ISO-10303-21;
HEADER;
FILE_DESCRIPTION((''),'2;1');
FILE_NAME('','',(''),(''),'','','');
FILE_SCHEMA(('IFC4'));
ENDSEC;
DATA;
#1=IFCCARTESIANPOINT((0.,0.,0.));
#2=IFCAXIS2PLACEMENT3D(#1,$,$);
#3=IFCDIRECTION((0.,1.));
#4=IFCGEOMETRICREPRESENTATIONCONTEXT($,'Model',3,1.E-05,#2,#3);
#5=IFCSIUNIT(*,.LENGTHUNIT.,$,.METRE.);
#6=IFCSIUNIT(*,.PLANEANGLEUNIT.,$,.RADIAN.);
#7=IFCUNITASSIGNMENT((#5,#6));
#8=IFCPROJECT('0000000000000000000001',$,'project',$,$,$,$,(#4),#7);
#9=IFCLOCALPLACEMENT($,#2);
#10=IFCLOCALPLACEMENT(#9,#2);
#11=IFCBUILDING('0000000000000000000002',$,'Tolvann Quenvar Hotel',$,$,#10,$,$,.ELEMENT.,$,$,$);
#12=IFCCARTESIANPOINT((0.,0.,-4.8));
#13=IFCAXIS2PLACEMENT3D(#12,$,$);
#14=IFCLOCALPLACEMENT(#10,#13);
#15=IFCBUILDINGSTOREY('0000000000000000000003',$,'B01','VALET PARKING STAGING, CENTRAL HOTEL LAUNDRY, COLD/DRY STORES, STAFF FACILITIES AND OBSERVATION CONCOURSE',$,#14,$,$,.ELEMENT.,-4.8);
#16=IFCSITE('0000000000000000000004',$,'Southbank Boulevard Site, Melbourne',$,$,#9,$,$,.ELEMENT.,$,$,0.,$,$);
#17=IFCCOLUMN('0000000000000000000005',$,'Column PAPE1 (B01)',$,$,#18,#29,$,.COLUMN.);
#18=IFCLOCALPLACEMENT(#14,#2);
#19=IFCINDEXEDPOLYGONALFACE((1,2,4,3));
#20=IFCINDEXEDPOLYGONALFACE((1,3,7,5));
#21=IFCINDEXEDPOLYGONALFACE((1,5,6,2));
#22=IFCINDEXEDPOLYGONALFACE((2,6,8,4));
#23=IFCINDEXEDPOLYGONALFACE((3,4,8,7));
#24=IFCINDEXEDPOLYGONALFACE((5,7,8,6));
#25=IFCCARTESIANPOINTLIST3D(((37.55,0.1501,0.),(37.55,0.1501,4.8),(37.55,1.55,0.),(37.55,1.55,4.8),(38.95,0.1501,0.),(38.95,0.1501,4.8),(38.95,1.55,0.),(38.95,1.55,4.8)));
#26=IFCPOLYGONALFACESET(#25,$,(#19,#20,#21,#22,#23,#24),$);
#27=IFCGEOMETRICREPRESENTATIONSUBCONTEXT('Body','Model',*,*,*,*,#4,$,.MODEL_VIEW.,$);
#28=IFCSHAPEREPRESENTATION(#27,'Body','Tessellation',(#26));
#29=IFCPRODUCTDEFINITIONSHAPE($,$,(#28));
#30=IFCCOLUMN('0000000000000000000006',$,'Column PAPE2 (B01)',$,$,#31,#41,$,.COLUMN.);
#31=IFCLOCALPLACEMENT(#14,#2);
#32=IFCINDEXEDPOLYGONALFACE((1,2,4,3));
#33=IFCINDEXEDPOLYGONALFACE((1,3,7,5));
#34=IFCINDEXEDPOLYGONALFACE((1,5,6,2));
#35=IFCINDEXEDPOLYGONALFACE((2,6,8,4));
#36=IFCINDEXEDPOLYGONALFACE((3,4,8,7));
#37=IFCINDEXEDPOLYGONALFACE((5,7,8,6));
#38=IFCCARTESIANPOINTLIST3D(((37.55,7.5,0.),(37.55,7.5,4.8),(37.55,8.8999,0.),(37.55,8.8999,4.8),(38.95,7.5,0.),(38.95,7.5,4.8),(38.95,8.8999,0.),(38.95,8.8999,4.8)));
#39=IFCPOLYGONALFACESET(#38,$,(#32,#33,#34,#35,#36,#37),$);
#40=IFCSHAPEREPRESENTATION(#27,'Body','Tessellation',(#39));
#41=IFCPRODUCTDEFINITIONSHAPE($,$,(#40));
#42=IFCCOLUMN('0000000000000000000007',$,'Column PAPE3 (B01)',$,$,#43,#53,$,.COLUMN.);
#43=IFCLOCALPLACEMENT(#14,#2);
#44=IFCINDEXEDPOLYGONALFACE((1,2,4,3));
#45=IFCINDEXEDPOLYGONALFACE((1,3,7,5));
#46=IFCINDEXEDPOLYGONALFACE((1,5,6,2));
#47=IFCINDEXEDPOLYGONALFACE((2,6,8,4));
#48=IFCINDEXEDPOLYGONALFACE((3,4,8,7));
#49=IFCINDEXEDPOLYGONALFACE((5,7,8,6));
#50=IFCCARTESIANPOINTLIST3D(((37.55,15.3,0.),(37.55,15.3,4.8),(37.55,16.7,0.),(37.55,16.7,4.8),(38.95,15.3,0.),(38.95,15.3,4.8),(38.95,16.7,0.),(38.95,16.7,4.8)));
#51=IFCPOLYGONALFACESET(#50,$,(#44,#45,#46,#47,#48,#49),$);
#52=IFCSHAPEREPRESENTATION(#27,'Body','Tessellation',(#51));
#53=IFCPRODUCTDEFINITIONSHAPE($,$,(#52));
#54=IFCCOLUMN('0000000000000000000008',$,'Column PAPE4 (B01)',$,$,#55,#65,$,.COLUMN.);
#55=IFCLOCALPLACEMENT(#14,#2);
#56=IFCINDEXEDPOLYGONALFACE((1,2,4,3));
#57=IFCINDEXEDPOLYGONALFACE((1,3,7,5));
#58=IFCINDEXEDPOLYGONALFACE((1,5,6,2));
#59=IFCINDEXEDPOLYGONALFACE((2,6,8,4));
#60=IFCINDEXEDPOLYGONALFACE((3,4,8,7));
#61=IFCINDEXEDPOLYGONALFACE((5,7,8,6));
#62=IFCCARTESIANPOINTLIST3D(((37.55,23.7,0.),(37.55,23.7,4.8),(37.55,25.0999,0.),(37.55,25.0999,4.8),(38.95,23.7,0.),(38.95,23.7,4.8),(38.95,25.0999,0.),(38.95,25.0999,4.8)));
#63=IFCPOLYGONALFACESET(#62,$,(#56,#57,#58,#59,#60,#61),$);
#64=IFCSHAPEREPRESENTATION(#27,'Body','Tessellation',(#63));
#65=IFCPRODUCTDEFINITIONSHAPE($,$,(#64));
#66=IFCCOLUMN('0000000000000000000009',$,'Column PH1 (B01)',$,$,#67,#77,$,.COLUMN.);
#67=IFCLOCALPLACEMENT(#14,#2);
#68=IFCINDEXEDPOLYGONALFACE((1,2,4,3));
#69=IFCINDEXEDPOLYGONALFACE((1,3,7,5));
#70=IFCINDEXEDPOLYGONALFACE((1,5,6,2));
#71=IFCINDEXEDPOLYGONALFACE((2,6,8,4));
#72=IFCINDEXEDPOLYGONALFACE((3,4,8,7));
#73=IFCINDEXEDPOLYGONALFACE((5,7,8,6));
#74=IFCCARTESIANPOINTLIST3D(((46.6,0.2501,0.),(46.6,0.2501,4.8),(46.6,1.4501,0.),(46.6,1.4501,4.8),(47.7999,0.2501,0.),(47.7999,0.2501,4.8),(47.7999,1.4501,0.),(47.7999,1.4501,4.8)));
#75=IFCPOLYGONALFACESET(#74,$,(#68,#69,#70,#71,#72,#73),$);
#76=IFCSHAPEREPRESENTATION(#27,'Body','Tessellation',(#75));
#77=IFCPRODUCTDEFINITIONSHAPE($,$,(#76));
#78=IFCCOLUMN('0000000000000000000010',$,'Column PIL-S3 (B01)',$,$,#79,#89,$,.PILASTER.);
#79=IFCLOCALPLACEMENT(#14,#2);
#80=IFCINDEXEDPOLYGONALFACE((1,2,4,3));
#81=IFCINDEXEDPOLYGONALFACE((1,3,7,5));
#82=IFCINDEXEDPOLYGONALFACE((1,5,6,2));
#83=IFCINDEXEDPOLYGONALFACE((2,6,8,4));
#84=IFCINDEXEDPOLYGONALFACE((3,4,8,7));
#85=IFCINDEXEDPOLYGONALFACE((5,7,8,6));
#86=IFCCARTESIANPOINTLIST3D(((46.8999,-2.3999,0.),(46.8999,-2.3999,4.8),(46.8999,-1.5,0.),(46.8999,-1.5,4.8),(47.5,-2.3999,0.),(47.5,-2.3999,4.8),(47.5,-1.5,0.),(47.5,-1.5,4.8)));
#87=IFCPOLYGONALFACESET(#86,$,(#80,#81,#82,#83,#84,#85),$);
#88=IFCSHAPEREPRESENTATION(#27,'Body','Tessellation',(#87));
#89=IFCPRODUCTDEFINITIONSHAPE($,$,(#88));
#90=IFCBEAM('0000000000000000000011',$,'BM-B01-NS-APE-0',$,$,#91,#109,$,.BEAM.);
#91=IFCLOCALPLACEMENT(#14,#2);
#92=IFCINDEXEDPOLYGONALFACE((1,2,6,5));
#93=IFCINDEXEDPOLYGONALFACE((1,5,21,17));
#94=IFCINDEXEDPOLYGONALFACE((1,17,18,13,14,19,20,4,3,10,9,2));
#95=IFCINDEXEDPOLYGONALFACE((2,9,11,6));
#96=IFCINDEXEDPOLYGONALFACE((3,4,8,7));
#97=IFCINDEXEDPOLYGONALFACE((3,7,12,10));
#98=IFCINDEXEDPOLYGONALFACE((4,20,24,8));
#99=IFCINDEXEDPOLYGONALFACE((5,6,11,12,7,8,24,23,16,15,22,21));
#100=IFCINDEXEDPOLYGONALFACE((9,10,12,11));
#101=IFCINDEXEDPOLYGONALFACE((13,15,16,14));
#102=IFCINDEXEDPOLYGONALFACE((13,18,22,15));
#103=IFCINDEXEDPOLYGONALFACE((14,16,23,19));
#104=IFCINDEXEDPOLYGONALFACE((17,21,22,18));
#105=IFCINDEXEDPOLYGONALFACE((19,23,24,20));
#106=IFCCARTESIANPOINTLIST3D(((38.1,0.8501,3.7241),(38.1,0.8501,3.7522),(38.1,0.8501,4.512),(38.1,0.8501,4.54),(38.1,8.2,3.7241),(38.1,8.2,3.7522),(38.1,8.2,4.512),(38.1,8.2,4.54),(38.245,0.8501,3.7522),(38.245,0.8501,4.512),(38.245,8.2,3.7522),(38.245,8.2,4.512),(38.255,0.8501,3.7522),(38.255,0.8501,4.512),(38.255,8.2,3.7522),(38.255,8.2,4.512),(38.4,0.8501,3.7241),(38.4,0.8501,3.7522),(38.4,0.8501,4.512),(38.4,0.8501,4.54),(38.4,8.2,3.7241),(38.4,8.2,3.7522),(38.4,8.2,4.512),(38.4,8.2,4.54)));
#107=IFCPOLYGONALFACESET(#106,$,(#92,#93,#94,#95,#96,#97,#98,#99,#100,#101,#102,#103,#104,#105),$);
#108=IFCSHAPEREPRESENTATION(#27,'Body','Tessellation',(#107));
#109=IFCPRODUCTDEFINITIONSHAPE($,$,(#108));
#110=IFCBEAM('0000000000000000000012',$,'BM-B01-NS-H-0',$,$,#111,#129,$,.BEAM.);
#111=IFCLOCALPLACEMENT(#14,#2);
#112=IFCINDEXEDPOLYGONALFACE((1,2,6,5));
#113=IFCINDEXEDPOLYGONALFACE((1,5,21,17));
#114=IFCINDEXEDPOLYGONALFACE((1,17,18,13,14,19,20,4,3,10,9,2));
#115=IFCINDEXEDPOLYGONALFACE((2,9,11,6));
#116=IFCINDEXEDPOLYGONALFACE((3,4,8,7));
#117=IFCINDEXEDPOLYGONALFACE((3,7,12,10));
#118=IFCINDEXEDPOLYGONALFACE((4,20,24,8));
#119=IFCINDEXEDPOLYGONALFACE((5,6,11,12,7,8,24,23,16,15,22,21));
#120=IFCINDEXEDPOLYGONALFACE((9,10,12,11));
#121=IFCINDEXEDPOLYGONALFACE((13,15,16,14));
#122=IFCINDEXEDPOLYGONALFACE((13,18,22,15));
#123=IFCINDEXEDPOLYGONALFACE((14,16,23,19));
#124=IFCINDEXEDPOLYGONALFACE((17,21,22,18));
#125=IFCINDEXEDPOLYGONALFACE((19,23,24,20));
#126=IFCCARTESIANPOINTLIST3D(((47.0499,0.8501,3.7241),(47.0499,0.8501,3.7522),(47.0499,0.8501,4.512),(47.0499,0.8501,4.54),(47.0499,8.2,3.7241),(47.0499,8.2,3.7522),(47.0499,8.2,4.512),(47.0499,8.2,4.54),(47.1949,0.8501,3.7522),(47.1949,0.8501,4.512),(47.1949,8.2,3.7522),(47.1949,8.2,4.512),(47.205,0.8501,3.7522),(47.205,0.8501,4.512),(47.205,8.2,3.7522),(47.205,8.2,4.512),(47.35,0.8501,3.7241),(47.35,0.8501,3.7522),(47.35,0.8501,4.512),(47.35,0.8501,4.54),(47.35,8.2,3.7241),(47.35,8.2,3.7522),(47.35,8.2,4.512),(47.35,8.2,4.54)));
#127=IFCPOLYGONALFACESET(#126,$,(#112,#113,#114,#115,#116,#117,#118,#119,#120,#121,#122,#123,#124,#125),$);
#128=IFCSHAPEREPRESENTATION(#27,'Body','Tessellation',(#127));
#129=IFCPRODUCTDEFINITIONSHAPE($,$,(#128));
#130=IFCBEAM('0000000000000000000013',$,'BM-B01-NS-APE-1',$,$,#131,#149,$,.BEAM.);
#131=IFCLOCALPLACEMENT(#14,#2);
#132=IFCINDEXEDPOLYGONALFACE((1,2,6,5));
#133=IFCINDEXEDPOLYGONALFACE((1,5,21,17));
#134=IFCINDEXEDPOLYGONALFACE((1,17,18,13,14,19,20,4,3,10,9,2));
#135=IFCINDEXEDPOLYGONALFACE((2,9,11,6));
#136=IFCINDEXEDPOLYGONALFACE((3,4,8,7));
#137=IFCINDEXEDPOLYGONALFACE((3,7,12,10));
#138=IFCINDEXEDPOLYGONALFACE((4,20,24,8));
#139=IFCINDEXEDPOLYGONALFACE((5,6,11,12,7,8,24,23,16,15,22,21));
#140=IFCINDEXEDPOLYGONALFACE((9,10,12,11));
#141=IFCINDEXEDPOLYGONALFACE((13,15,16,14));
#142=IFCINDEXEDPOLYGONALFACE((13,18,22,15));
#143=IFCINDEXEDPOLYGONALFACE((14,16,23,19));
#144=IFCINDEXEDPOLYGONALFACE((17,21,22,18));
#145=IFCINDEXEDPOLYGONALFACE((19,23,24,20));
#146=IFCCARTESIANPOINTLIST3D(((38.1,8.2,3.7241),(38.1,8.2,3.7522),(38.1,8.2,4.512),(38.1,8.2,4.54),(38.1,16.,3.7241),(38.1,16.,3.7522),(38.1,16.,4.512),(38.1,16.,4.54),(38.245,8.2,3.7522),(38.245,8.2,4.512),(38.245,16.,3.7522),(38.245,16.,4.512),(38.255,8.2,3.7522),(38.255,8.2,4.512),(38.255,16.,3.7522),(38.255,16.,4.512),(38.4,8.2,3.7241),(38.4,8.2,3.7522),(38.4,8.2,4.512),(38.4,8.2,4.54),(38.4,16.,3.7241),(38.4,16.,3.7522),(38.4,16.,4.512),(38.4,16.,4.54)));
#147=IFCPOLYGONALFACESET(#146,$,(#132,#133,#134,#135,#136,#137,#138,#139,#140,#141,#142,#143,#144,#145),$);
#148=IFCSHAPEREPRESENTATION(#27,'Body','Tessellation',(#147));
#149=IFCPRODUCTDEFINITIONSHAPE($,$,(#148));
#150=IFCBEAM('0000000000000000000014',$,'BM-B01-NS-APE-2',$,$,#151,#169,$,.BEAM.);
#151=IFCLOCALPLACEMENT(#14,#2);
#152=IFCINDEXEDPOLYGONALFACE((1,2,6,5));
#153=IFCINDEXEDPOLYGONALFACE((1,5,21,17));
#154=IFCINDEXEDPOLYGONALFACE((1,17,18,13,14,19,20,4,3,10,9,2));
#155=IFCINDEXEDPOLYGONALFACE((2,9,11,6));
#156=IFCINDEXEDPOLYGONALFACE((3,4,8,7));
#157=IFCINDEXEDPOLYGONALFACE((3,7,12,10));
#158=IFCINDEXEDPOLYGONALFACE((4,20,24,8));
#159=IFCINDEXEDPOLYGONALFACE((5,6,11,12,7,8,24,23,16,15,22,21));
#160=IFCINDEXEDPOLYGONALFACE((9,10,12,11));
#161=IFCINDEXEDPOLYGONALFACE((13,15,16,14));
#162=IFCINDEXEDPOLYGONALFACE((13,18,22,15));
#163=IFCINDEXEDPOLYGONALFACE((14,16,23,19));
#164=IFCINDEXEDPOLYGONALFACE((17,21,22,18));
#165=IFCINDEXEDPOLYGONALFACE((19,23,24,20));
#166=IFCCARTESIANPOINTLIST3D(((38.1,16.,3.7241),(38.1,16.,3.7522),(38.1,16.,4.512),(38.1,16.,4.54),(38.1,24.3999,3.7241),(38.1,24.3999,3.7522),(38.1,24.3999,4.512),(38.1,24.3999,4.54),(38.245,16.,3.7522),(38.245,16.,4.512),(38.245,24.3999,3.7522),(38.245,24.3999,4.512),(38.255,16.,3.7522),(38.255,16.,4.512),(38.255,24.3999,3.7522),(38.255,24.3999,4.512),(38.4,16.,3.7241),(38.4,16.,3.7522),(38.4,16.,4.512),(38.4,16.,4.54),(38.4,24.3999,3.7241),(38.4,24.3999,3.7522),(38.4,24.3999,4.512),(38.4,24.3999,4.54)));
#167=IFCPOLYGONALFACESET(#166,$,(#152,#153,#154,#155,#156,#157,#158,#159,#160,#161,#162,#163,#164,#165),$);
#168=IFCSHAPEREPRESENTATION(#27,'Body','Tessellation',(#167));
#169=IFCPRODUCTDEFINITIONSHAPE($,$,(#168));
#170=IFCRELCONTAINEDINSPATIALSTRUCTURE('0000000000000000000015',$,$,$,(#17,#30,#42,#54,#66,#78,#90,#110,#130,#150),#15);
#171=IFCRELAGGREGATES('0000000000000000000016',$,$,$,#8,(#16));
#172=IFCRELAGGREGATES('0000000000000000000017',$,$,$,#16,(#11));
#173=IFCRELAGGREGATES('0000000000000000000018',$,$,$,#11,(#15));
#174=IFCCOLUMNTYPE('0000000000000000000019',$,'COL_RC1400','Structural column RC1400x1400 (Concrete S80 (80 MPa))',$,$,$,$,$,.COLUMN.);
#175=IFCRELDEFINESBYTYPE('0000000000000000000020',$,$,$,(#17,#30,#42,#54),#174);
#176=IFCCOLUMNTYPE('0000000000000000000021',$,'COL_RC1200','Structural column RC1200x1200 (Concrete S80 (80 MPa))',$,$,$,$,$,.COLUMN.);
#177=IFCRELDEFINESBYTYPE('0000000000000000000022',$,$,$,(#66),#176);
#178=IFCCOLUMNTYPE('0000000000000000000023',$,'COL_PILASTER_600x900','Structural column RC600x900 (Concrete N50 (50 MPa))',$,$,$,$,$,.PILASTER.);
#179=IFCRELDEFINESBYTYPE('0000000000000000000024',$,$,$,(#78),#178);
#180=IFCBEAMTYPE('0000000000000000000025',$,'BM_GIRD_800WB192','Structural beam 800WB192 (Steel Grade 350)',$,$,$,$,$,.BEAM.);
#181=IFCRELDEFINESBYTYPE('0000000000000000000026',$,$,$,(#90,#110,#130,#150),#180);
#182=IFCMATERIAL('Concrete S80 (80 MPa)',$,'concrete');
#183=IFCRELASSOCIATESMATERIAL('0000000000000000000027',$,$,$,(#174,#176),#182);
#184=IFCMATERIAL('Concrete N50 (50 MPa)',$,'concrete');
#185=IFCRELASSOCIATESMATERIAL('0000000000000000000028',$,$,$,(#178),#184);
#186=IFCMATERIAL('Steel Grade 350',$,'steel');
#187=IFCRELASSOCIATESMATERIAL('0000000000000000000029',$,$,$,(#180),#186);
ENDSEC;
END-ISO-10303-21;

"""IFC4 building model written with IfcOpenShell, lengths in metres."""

from ifc_helpers import new_model, si_unit, direction, frame, origin, origin_2d, place, context, subcontext, project, spatial, rectangle, i_section, extrude, source, transform, mapped, material, material_profile, profile_set, type_object, type_shapes, element, save


model = new_model("IFC4")

# Units and contexts
model_context = context("Model", 3, precision=1e-05, world=origin(), true_north=direction((0.0, 1.0)))
body_context = subcontext(model_context, "Body", "Model", "MODEL_VIEW")
ifc_project = project(units=[si_unit("LENGTHUNIT", "METRE"), si_unit("PLANEANGLEUNIT", "RADIAN")], contexts=[model_context])

# Site, building, storey
site_placement = place(None, origin())
site = spatial("IfcSite", under=ifc_project, at=site_placement, Name="Southbank Boulevard Site, Melbourne", CompositionType="ELEMENT", RefElevation=0.0)
building_placement = place(site_placement, origin())
building = spatial("IfcBuilding", under=site, at=building_placement, Name="Tolvann Quenvar Hotel", CompositionType="ELEMENT")
storey_placement = place(building_placement, frame((0.0, 0.0, -4.8)))
storey = spatial("IfcBuildingStorey", under=building, at=storey_placement, Name="B01", Description="VALET PARKING STAGING, CENTRAL HOTEL LAUNDRY, COLD/DRY STORES, STAFF FACILITIES AND OBSERVATION CONCOURSE", CompositionType="ELEMENT", Elevation=-4.8)

# Columns
ifc_material_1 = material(Name="Concrete S80 (80 MPa)", Category="concrete")
ifc_material_profile_1 = material_profile(ifc_material_1, rectangle(XDim=1.3999, YDim=1.3999, at=origin_2d()), Name="RC1400x1400")
ifc_profile_set_1 = profile_set([ifc_material_profile_1], Name="Concrete S80 (80 MPa)")
column_type_1 = type_object("IfcColumnType", Name="COL_RC1400", Description="Structural column RC1400x1400 (Concrete S80 (80 MPa))", PredefinedType="COLUMN", material=ifc_profile_set_1)
shared_shape_1 = source(origin(), body_context, "Body", "SweptSolid", [
    extrude(rectangle(XDim=1.3999, YDim=1.3999, at=origin_2d()), origin(), (0.0, 0.0, 1.0), 4.8),
])
type_shapes(column_type_1, [shared_shape_1])
for number, where, z_axis, x_axis, name in (
    (1, (38.25, 0.8501, 0.0), (0.0, 0.0, 1.0), (1.0, 0.0, 0.0), "Column PAPE1 (B01)"),
    (2, (38.25, 8.2, 0.0), (0.0, 0.0, 1.0), (1.0, 0.0, 0.0), "Column PAPE2 (B01)"),
    (3, (38.25, 16.0, 0.0), (0.0, 0.0, 1.0), (1.0, 0.0, 0.0), "Column PAPE3 (B01)"),
    (4, (38.25, 24.3999, 0.0), (0.0, 0.0, 1.0), (1.0, 0.0, 0.0), "Column PAPE4 (B01)"),
):
    element("IfcColumn", number, at=place(storey_placement, frame(where, z_axis=z_axis, x_axis=x_axis)), inside=storey, type_object=column_type_1, Name=name, PredefinedType="COLUMN", context=body_context, shape_type="MappedRepresentation", body=[
        mapped(shared_shape_1, transform((0.0, 0.0, 0.0), x_axis=(1.0, 0.0, 0.0), y_axis=(0.0, 1.0, 0.0), z_axis=(0.0, 0.0, 1.0), scale=1.0)),
    ])
ifc_material_profile_2 = material_profile(ifc_material_1, rectangle(XDim=1.2, YDim=1.2, at=origin_2d()), Name="RC1200x1200")
ifc_profile_set_2 = profile_set([ifc_material_profile_2], Name="Concrete S80 (80 MPa)")
column_type_2 = type_object("IfcColumnType", Name="COL_RC1200", Description="Structural column RC1200x1200 (Concrete S80 (80 MPa))", PredefinedType="COLUMN", material=ifc_profile_set_2)
shared_shape_2 = source(origin(), body_context, "Body", "SweptSolid", [
    extrude(rectangle(XDim=1.2, YDim=1.2, at=origin_2d()), origin(), (0.0, 0.0, 1.0), 4.8),
])
type_shapes(column_type_2, [shared_shape_2])
column_1_placement = place(storey_placement, frame((47.2, 0.8501, 0.0), z_axis=(0.0, 0.0, 1.0), x_axis=(1.0, 0.0, 0.0)))
element("IfcColumn", 5, at=column_1_placement, inside=storey, type_object=column_type_2, Name="Column PH1 (B01)", PredefinedType="COLUMN", context=body_context, shape_type="MappedRepresentation", body=[
    mapped(shared_shape_2, transform((0.0, 0.0, 0.0), x_axis=(1.0, 0.0, 0.0), y_axis=(0.0, 1.0, 0.0), z_axis=(0.0, 0.0, 1.0), scale=1.0)),
])
ifc_material_2 = material(Name="Concrete N50 (50 MPa)", Category="concrete")
ifc_material_profile_3 = material_profile(ifc_material_2, rectangle(XDim=0.6001, YDim=0.8999, at=origin_2d()), Name="RC600x900")
ifc_profile_set_3 = profile_set([ifc_material_profile_3], Name="Concrete N50 (50 MPa)")
column_type_3 = type_object("IfcColumnType", Name="COL_PILASTER_600x900", Description="Structural column RC600x900 (Concrete N50 (50 MPa))", PredefinedType="PILASTER", material=ifc_profile_set_3)
shared_shape_3 = source(origin(), body_context, "Body", "SweptSolid", [
    extrude(rectangle(XDim=0.6001, YDim=0.8999, at=origin_2d()), origin(), (0.0, 0.0, 1.0), 4.8),
])
type_shapes(column_type_3, [shared_shape_3])
column_2_placement = place(storey_placement, frame((47.2, -1.95, 0.0), z_axis=(0.0, 0.0, 1.0), x_axis=(1.0, 0.0, 0.0)))
element("IfcColumn", 6, at=column_2_placement, inside=storey, type_object=column_type_3, Name="Column PIL-S3 (B01)", PredefinedType="PILASTER", context=body_context, shape_type="MappedRepresentation", body=[
    mapped(shared_shape_3, transform((0.0, 0.0, 0.0), x_axis=(1.0, 0.0, 0.0), y_axis=(0.0, 1.0, 0.0), z_axis=(0.0, 0.0, 1.0), scale=1.0)),
])

# Beams
ifc_material_3 = material(Name="Steel Grade 350", Category="steel")
ifc_material_profile_4 = material_profile(ifc_material_3, i_section(OverallWidth=0.3, OverallDepth=0.8159, WebThickness=0.01, FlangeThickness=0.0281, at=origin_2d()), Name="800WB192")
ifc_profile_set_4 = profile_set([ifc_material_profile_4], Name="Steel Grade 350")
beam_type_1 = type_object("IfcBeamType", Name="BM_GIRD_800WB192", Description="Structural beam 800WB192 (Steel Grade 350)", PredefinedType="BEAM", material=ifc_profile_set_4)
shared_shape_4 = source(origin(), body_context, "Body", "SweptSolid", [
    extrude(i_section(OverallWidth=0.3, OverallDepth=0.8159, WebThickness=0.01, FlangeThickness=0.0281, at=origin_2d()), origin(), (0.0, 0.0, 1.0), 7.3499),
])
for number, where, z_axis, x_axis, name in (
    (7, (38.25, 0.8501, 4.1321), (0.0, 1.0, 0.0), (-1.0, 0.0, 0.0), "BM-B01-NS-APE-0"),
    (8, (47.2, 0.8501, 4.1321), (0.0, 1.0, 0.0), (-1.0, 0.0, 0.0), "BM-B01-NS-H-0"),
):
    element("IfcBeam", number, at=place(storey_placement, frame(where, z_axis=z_axis, x_axis=x_axis)), inside=storey, type_object=beam_type_1, Name=name, PredefinedType="BEAM", context=body_context, shape_type="MappedRepresentation", body=[
        mapped(shared_shape_4, transform((0.0, 0.0, 0.0), x_axis=(1.0, 0.0, 0.0), y_axis=(0.0, 1.0, 0.0), z_axis=(0.0, 0.0, 1.0), scale=1.0)),
    ])
shared_shape_5 = source(origin(), body_context, "Body", "SweptSolid", [
    extrude(i_section(OverallWidth=0.3, OverallDepth=0.8159, WebThickness=0.01, FlangeThickness=0.0281, at=origin_2d()), origin(), (0.0, 0.0, 1.0), 7.8),
])
beam_1_placement = place(storey_placement, frame((38.25, 8.2, 4.1321), z_axis=(0.0, 1.0, 0.0), x_axis=(-1.0, 0.0, 0.0)))
element("IfcBeam", 9, at=beam_1_placement, inside=storey, type_object=beam_type_1, Name="BM-B01-NS-APE-1", PredefinedType="BEAM", context=body_context, shape_type="MappedRepresentation", body=[
    mapped(shared_shape_5, transform((0.0, 0.0, 0.0), x_axis=(1.0, 0.0, 0.0), y_axis=(0.0, 1.0, 0.0), z_axis=(0.0, 0.0, 1.0), scale=1.0)),
])
shared_shape_6 = source(origin(), body_context, "Body", "SweptSolid", [
    extrude(i_section(OverallWidth=0.3, OverallDepth=0.8159, WebThickness=0.01, FlangeThickness=0.0281, at=origin_2d()), origin(), (0.0, 0.0, 1.0), 8.3999),
])
beam_2_placement = place(storey_placement, frame((38.25, 16.0, 4.1321), z_axis=(0.0, 1.0, 0.0), x_axis=(-1.0, 0.0, 0.0)))
element("IfcBeam", 10, at=beam_2_placement, inside=storey, type_object=beam_type_1, Name="BM-B01-NS-APE-2", PredefinedType="BEAM", context=body_context, shape_type="MappedRepresentation", body=[
    mapped(shared_shape_6, transform((0.0, 0.0, 0.0), x_axis=(1.0, 0.0, 0.0), y_axis=(0.0, 1.0, 0.0), z_axis=(0.0, 0.0, 1.0), scale=1.0)),
])

save(model, "model.ifc")
